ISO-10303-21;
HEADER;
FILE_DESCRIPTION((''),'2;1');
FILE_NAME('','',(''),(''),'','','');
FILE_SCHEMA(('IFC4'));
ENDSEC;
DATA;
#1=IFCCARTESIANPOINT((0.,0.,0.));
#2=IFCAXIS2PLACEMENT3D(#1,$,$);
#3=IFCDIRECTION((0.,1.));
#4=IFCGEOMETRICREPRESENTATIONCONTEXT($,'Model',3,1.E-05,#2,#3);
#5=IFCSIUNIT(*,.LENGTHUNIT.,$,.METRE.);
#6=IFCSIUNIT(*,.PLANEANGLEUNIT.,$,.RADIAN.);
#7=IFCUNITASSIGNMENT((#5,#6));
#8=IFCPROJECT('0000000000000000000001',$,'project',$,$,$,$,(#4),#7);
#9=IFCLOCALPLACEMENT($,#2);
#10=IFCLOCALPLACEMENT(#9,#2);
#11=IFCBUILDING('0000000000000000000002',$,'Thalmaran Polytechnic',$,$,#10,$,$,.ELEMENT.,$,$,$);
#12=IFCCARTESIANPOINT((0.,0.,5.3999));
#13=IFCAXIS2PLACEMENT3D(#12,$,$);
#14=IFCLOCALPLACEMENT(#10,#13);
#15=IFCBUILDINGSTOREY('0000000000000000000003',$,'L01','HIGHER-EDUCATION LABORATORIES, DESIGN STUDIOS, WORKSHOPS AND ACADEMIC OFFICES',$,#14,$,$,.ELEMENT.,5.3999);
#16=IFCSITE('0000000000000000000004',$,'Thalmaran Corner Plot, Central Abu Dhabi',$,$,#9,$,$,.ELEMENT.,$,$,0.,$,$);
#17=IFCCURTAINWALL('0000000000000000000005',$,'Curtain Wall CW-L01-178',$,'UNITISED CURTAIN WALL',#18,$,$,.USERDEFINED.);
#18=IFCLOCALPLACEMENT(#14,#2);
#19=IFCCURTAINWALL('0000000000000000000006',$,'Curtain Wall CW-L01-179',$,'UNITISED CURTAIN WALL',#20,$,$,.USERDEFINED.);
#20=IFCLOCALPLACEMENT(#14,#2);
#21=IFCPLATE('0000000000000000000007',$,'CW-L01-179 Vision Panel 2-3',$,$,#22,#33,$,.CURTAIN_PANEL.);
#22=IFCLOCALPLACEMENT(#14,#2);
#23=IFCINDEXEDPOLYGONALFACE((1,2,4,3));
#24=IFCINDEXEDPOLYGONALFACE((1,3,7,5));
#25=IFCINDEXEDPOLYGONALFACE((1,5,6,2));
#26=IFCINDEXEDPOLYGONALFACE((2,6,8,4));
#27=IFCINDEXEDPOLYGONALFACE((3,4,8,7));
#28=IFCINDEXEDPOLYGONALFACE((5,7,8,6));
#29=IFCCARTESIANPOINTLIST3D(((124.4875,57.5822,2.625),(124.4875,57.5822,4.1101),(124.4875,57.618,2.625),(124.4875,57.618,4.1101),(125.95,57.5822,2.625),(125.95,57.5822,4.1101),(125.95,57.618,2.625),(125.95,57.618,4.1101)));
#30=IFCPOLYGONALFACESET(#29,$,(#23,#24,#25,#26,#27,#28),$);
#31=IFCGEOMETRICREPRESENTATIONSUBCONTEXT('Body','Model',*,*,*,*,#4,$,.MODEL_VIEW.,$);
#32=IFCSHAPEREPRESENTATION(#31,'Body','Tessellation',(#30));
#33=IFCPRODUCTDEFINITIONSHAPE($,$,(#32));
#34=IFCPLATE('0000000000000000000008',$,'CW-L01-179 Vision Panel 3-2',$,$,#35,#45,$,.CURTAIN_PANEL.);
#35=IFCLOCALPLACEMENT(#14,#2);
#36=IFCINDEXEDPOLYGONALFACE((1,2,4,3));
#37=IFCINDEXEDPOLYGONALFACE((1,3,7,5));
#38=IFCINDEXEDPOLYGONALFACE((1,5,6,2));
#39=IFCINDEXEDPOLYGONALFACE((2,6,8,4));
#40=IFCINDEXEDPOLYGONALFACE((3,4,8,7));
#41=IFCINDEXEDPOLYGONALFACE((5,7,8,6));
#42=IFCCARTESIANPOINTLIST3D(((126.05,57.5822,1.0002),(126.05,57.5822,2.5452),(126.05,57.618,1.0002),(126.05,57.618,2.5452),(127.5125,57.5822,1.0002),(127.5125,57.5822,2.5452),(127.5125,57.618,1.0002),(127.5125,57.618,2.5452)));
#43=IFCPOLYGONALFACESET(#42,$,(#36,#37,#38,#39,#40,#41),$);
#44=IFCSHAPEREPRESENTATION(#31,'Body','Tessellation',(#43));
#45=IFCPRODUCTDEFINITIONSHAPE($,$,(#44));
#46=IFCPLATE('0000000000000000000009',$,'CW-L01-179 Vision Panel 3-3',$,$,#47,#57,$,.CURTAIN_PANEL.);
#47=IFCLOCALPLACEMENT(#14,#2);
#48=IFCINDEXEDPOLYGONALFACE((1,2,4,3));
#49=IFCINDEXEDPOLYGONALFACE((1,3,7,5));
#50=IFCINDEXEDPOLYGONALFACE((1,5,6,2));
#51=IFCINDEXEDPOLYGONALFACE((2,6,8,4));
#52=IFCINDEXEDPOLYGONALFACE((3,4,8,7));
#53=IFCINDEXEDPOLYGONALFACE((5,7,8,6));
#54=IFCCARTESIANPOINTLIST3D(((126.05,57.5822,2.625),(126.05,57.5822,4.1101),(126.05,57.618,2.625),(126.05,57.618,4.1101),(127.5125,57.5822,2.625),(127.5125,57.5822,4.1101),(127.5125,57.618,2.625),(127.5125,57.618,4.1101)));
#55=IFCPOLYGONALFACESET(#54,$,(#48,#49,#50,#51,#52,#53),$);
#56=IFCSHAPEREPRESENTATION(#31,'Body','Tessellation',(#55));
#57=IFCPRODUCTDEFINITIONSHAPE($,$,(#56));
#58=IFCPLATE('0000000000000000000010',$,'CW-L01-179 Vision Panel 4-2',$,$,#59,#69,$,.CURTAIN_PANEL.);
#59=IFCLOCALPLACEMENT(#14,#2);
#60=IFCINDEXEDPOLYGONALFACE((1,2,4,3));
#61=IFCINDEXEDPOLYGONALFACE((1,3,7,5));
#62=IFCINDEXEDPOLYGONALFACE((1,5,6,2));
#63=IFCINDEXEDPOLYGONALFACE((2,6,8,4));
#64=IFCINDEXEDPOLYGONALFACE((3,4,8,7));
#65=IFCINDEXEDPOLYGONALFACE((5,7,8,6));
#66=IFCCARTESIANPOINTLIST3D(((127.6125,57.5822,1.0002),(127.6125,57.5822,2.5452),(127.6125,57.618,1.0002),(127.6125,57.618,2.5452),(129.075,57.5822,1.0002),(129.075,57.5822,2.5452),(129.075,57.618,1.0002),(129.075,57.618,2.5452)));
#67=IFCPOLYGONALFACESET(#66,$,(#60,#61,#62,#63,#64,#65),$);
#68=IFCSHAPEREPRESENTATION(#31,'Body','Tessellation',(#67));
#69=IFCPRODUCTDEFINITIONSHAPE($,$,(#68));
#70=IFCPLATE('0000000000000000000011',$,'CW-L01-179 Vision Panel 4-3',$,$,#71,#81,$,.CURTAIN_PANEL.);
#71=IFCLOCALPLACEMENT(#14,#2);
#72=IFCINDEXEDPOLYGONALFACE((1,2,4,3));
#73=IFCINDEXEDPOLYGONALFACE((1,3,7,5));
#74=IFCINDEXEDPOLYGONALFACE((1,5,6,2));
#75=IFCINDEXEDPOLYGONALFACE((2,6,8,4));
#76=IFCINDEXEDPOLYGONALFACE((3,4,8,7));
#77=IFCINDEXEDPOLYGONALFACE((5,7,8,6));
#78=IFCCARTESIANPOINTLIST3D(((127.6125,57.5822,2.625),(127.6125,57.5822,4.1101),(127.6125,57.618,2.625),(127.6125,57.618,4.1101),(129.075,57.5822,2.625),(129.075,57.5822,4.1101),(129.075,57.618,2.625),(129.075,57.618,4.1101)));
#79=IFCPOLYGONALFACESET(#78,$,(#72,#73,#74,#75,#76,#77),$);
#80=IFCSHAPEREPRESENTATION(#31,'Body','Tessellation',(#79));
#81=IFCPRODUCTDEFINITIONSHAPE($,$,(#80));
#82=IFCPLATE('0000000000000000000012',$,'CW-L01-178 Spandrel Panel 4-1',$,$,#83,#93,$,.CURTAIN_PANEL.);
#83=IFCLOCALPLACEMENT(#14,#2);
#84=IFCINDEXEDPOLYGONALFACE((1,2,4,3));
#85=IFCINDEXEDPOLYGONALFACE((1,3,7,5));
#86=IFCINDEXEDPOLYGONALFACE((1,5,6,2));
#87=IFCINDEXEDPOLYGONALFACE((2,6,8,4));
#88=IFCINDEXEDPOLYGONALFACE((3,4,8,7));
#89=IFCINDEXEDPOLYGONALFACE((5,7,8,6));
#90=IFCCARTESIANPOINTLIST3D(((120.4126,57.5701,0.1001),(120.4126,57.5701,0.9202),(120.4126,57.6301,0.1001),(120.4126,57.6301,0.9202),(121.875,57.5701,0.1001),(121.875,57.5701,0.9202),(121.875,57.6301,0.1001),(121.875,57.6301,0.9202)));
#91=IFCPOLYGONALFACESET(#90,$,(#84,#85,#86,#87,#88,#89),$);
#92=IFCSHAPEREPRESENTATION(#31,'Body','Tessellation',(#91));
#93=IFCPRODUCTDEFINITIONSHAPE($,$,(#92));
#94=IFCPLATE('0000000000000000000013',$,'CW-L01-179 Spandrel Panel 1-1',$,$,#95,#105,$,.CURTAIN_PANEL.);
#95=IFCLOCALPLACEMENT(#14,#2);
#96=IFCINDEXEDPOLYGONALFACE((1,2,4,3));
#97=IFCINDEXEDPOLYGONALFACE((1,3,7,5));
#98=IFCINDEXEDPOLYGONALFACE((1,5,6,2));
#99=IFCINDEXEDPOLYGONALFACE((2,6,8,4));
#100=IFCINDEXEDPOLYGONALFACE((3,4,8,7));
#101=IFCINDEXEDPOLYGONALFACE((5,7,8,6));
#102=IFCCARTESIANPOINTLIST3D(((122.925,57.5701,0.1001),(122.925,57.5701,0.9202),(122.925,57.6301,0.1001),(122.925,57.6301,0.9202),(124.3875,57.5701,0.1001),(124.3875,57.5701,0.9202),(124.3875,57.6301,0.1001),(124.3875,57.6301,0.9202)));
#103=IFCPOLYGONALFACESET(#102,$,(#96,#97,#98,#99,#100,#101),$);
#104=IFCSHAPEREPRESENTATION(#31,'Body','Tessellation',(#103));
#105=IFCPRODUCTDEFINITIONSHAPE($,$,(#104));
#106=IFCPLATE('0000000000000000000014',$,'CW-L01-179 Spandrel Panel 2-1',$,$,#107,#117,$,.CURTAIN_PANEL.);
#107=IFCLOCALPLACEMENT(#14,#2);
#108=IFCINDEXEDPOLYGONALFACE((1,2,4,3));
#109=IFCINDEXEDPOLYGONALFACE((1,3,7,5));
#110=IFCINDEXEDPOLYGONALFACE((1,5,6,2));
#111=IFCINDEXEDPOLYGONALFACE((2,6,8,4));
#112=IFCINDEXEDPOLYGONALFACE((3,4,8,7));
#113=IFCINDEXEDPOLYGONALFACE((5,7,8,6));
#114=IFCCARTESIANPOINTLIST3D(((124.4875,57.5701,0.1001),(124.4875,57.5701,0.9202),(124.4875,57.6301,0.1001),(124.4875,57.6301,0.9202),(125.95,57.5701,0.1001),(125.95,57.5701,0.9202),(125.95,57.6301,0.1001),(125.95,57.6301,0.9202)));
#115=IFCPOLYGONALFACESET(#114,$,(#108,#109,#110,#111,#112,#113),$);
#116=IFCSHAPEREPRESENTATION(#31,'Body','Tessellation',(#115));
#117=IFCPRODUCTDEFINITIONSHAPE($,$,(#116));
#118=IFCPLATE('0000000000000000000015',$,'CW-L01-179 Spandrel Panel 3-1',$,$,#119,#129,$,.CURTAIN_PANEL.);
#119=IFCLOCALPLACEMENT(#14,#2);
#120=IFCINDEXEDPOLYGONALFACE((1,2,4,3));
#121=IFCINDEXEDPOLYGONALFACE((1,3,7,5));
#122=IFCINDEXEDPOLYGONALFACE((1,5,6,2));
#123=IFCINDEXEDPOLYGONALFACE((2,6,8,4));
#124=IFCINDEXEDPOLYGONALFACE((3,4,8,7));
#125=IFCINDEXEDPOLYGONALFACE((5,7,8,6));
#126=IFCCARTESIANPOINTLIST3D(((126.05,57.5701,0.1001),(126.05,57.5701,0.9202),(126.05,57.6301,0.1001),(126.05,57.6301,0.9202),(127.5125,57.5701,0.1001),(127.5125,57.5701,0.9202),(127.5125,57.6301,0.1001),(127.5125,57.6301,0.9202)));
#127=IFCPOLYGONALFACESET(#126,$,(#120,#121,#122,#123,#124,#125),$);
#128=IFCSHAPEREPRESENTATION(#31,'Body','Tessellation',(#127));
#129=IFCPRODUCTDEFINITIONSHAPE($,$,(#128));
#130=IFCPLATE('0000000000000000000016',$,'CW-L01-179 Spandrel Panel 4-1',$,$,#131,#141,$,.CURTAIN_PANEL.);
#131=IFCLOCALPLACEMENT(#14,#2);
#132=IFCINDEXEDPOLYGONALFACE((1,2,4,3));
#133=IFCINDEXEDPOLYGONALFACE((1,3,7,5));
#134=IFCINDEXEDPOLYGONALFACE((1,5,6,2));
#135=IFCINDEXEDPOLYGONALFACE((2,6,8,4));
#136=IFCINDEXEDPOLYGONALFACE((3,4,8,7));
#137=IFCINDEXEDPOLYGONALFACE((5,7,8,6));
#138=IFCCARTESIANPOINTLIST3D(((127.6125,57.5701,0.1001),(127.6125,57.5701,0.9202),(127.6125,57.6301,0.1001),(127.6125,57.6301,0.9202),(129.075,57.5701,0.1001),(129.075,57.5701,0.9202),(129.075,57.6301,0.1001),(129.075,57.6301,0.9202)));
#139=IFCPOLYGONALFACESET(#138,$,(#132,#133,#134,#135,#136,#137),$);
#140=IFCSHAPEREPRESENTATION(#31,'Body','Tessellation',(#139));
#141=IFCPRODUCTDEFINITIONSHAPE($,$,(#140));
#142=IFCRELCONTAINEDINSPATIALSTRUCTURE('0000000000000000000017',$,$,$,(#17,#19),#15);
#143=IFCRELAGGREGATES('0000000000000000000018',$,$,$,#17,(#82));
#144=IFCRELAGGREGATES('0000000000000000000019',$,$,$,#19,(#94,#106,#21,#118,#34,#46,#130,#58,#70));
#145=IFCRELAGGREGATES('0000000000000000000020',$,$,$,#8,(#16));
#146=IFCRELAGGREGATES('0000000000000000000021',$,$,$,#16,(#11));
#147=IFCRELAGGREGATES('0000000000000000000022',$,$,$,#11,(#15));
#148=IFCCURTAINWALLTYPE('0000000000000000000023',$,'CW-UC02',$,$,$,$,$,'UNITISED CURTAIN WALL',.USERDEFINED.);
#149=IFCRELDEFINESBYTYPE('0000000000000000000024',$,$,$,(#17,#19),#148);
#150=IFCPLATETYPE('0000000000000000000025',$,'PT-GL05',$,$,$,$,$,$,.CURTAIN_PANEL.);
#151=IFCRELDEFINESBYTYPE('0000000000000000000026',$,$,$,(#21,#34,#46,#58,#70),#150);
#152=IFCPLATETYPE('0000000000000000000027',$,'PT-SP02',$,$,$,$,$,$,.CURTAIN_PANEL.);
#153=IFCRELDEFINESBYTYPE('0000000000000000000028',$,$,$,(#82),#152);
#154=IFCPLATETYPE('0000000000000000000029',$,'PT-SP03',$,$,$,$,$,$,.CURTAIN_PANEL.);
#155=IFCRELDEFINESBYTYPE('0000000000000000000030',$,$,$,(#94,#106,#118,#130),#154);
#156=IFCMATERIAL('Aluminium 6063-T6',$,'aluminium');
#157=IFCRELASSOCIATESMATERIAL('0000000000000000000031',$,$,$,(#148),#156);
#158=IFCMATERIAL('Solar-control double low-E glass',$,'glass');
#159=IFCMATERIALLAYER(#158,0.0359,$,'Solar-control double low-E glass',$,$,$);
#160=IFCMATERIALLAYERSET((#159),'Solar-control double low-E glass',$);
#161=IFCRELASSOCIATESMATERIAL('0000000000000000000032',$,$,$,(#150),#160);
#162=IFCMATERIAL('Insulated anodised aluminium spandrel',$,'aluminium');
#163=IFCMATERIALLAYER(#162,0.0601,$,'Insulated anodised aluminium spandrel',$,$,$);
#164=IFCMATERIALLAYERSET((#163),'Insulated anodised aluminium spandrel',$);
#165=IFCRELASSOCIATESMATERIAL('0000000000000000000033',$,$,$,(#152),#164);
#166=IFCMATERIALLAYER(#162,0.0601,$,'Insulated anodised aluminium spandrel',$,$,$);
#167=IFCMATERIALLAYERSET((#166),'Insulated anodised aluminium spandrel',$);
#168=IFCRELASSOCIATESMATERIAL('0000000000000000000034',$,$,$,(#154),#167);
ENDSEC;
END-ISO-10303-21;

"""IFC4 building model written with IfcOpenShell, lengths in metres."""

from ifc_helpers import new_model, si_unit, direction, frame, origin, origin_2d, place, context, subcontext, project, spatial, rectangle, extrude, material, layer, layer_set, type_object, element, aggregate, save


model = new_model("IFC4")

# Units and contexts
model_context = context("Model", 3, precision=1e-05, world=origin(), true_north=direction((0.0, 1.0)))
body_context = subcontext(model_context, "Body", "Model", "MODEL_VIEW")
ifc_project = project(units=[si_unit("LENGTHUNIT", "METRE"), si_unit("PLANEANGLEUNIT", "RADIAN")], contexts=[model_context])

# Site, building, storey
site_placement = place(None, origin())
site = spatial("IfcSite", under=ifc_project, at=site_placement, Name="Thalmaran Corner Plot, Central Abu Dhabi", CompositionType="ELEMENT", RefElevation=0.0)
building_placement = place(site_placement, origin())
building = spatial("IfcBuilding", under=site, at=building_placement, Name="Thalmaran Polytechnic", CompositionType="ELEMENT")
storey_placement = place(building_placement, frame((0.0, 0.0, 5.3999)))
storey = spatial("IfcBuildingStorey", under=building, at=storey_placement, Name="L01", Description="HIGHER-EDUCATION LABORATORIES, DESIGN STUDIOS, WORKSHOPS AND ACADEMIC OFFICES", CompositionType="ELEMENT", Elevation=5.3999)

# Curtain walls
ifc_material_1 = material(Name="Aluminium 6063-T6", Category="aluminium")
curtain_wall_type = type_object("IfcCurtainWallType", Name="CW-UC02", ElementType="UNITISED CURTAIN WALL", PredefinedType="USERDEFINED", material=ifc_material_1)
curtain_wall_1_placement = place(storey_placement, origin())
curtain_wall_1 = element("IfcCurtainWall", 1, at=curtain_wall_1_placement, inside=storey, type_object=curtain_wall_type, Name="Curtain Wall CW-L01-178", ObjectType="UNITISED CURTAIN WALL", PredefinedType="USERDEFINED")
curtain_wall_2_placement = place(storey_placement, origin())
curtain_wall_2 = element("IfcCurtainWall", 2, at=curtain_wall_2_placement, inside=storey, type_object=curtain_wall_type, Name="Curtain Wall CW-L01-179", ObjectType="UNITISED CURTAIN WALL", PredefinedType="USERDEFINED")

# Plates
ifc_material_2 = material(Name="Solar-control double low-E glass", Category="glass")
ifc_layer_1 = layer(ifc_material_2, 0.0359, Name="Solar-control double low-E glass")
ifc_layer_set_1 = layer_set([ifc_layer_1], Name="Solar-control double low-E glass")
plate_type_1 = type_object("IfcPlateType", Name="PT-GL05", PredefinedType="CURTAIN_PANEL", material=ifc_layer_set_1)
plate_1_placement = place(storey_placement, frame((125.2188, 57.6001, 2.625), z_axis=(0.0, 0.0, 1.0), x_axis=(1.0, 0.0, 0.0)))
plate_1 = element("IfcPlate", 3, at=plate_1_placement, type_object=plate_type_1, Name="CW-L01-179 Vision Panel 2-3", PredefinedType="CURTAIN_PANEL", context=body_context, shape_type="SweptSolid", body=[
    extrude(rectangle(XDim=1.4624, YDim=0.0359, at=origin_2d()), origin(), (0.0, 0.0, 1.0), 1.4851),
])
plate_2_placement = place(storey_placement, frame((126.7812, 57.6001, 1.0002), z_axis=(0.0, 0.0, 1.0), x_axis=(1.0, 0.0, 0.0)))
plate_2 = element("IfcPlate", 4, at=plate_2_placement, type_object=plate_type_1, Name="CW-L01-179 Vision Panel 3-2", PredefinedType="CURTAIN_PANEL", context=body_context, shape_type="SweptSolid", body=[
    extrude(rectangle(XDim=1.4624, YDim=0.0359, at=origin_2d()), origin(), (0.0, 0.0, 1.0), 1.5449),
])
plate_3_placement = place(storey_placement, frame((126.7812, 57.6001, 2.625), z_axis=(0.0, 0.0, 1.0), x_axis=(1.0, 0.0, 0.0)))
plate_3 = element("IfcPlate", 5, at=plate_3_placement, type_object=plate_type_1, Name="CW-L01-179 Vision Panel 3-3", PredefinedType="CURTAIN_PANEL", context=body_context, shape_type="SweptSolid", body=[
    extrude(rectangle(XDim=1.4624, YDim=0.0359, at=origin_2d()), origin(), (0.0, 0.0, 1.0), 1.4851),
])
plate_4_placement = place(storey_placement, frame((128.3438, 57.6001, 1.0002), z_axis=(0.0, 0.0, 1.0), x_axis=(1.0, 0.0, 0.0)))
plate_4 = element("IfcPlate", 6, at=plate_4_placement, type_object=plate_type_1, Name="CW-L01-179 Vision Panel 4-2", PredefinedType="CURTAIN_PANEL", context=body_context, shape_type="SweptSolid", body=[
    extrude(rectangle(XDim=1.4624, YDim=0.0359, at=origin_2d()), origin(), (0.0, 0.0, 1.0), 1.5449),
])
plate_5_placement = place(storey_placement, frame((128.3438, 57.6001, 2.625), z_axis=(0.0, 0.0, 1.0), x_axis=(1.0, 0.0, 0.0)))
plate_5 = element("IfcPlate", 7, at=plate_5_placement, type_object=plate_type_1, Name="CW-L01-179 Vision Panel 4-3", PredefinedType="CURTAIN_PANEL", context=body_context, shape_type="SweptSolid", body=[
    extrude(rectangle(XDim=1.4624, YDim=0.0359, at=origin_2d()), origin(), (0.0, 0.0, 1.0), 1.4851),
])
ifc_material_3 = material(Name="Insulated anodised aluminium spandrel", Category="aluminium")
ifc_layer_2 = layer(ifc_material_3, 0.0601, Name="Insulated anodised aluminium spandrel")
ifc_layer_set_2 = layer_set([ifc_layer_2], Name="Insulated anodised aluminium spandrel")
plate_type_2 = type_object("IfcPlateType", Name="PT-SP02", PredefinedType="CURTAIN_PANEL", material=ifc_layer_set_2)
plate_6_placement = place(storey_placement, frame((121.1438, 57.6001, 0.1001), z_axis=(0.0, 0.0, 1.0), x_axis=(1.0, 0.0, 0.0)))
plate_6 = element("IfcPlate", 8, at=plate_6_placement, type_object=plate_type_2, Name="CW-L01-178 Spandrel Panel 4-1", PredefinedType="CURTAIN_PANEL", context=body_context, shape_type="SweptSolid", body=[
    extrude(rectangle(XDim=1.4624, YDim=0.0601, at=origin_2d()), origin(), (0.0, 0.0, 1.0), 0.8201),
])
aggregate(curtain_wall_1, [plate_6])
ifc_layer_3 = layer(ifc_material_3, 0.0601, Name="Insulated anodised aluminium spandrel")
ifc_layer_set_3 = layer_set([ifc_layer_3], Name="Insulated anodised aluminium spandrel")
plate_type_3 = type_object("IfcPlateType", Name="PT-SP03", PredefinedType="CURTAIN_PANEL", material=ifc_layer_set_3)
plate_7_placement = place(storey_placement, frame((123.6562, 57.6001, 0.1001), z_axis=(0.0, 0.0, 1.0), x_axis=(1.0, 0.0, 0.0)))
plate_7 = element("IfcPlate", 9, at=plate_7_placement, type_object=plate_type_3, Name="CW-L01-179 Spandrel Panel 1-1", PredefinedType="CURTAIN_PANEL", context=body_context, shape_type="SweptSolid", body=[
    extrude(rectangle(XDim=1.4624, YDim=0.0601, at=origin_2d()), origin(), (0.0, 0.0, 1.0), 0.8201),
])
plate_8_placement = place(storey_placement, frame((125.2188, 57.6001, 0.1001), z_axis=(0.0, 0.0, 1.0), x_axis=(1.0, 0.0, 0.0)))
plate_8 = element("IfcPlate", 10, at=plate_8_placement, type_object=plate_type_3, Name="CW-L01-179 Spandrel Panel 2-1", PredefinedType="CURTAIN_PANEL", context=body_context, shape_type="SweptSolid", body=[
    extrude(rectangle(XDim=1.4624, YDim=0.0601, at=origin_2d()), origin(), (0.0, 0.0, 1.0), 0.8201),
])
plate_9_placement = place(storey_placement, frame((126.7812, 57.6001, 0.1001), z_axis=(0.0, 0.0, 1.0), x_axis=(1.0, 0.0, 0.0)))
plate_9 = element("IfcPlate", 11, at=plate_9_placement, type_object=plate_type_3, Name="CW-L01-179 Spandrel Panel 3-1", PredefinedType="CURTAIN_PANEL", context=body_context, shape_type="SweptSolid", body=[
    extrude(rectangle(XDim=1.4624, YDim=0.0601, at=origin_2d()), origin(), (0.0, 0.0, 1.0), 0.8201),
])
plate_10_placement = place(storey_placement, frame((128.3438, 57.6001, 0.1001), z_axis=(0.0, 0.0, 1.0), x_axis=(1.0, 0.0, 0.0)))
plate_10 = element("IfcPlate", 12, at=plate_10_placement, type_object=plate_type_3, Name="CW-L01-179 Spandrel Panel 4-1", PredefinedType="CURTAIN_PANEL", context=body_context, shape_type="SweptSolid", body=[
    extrude(rectangle(XDim=1.4624, YDim=0.0601, at=origin_2d()), origin(), (0.0, 0.0, 1.0), 0.8201),
])
aggregate(curtain_wall_2, [plate_7, plate_8, plate_1, plate_9, plate_2, plate_3, plate_10, plate_4, plate_5])

save(model, "model.ifc")
